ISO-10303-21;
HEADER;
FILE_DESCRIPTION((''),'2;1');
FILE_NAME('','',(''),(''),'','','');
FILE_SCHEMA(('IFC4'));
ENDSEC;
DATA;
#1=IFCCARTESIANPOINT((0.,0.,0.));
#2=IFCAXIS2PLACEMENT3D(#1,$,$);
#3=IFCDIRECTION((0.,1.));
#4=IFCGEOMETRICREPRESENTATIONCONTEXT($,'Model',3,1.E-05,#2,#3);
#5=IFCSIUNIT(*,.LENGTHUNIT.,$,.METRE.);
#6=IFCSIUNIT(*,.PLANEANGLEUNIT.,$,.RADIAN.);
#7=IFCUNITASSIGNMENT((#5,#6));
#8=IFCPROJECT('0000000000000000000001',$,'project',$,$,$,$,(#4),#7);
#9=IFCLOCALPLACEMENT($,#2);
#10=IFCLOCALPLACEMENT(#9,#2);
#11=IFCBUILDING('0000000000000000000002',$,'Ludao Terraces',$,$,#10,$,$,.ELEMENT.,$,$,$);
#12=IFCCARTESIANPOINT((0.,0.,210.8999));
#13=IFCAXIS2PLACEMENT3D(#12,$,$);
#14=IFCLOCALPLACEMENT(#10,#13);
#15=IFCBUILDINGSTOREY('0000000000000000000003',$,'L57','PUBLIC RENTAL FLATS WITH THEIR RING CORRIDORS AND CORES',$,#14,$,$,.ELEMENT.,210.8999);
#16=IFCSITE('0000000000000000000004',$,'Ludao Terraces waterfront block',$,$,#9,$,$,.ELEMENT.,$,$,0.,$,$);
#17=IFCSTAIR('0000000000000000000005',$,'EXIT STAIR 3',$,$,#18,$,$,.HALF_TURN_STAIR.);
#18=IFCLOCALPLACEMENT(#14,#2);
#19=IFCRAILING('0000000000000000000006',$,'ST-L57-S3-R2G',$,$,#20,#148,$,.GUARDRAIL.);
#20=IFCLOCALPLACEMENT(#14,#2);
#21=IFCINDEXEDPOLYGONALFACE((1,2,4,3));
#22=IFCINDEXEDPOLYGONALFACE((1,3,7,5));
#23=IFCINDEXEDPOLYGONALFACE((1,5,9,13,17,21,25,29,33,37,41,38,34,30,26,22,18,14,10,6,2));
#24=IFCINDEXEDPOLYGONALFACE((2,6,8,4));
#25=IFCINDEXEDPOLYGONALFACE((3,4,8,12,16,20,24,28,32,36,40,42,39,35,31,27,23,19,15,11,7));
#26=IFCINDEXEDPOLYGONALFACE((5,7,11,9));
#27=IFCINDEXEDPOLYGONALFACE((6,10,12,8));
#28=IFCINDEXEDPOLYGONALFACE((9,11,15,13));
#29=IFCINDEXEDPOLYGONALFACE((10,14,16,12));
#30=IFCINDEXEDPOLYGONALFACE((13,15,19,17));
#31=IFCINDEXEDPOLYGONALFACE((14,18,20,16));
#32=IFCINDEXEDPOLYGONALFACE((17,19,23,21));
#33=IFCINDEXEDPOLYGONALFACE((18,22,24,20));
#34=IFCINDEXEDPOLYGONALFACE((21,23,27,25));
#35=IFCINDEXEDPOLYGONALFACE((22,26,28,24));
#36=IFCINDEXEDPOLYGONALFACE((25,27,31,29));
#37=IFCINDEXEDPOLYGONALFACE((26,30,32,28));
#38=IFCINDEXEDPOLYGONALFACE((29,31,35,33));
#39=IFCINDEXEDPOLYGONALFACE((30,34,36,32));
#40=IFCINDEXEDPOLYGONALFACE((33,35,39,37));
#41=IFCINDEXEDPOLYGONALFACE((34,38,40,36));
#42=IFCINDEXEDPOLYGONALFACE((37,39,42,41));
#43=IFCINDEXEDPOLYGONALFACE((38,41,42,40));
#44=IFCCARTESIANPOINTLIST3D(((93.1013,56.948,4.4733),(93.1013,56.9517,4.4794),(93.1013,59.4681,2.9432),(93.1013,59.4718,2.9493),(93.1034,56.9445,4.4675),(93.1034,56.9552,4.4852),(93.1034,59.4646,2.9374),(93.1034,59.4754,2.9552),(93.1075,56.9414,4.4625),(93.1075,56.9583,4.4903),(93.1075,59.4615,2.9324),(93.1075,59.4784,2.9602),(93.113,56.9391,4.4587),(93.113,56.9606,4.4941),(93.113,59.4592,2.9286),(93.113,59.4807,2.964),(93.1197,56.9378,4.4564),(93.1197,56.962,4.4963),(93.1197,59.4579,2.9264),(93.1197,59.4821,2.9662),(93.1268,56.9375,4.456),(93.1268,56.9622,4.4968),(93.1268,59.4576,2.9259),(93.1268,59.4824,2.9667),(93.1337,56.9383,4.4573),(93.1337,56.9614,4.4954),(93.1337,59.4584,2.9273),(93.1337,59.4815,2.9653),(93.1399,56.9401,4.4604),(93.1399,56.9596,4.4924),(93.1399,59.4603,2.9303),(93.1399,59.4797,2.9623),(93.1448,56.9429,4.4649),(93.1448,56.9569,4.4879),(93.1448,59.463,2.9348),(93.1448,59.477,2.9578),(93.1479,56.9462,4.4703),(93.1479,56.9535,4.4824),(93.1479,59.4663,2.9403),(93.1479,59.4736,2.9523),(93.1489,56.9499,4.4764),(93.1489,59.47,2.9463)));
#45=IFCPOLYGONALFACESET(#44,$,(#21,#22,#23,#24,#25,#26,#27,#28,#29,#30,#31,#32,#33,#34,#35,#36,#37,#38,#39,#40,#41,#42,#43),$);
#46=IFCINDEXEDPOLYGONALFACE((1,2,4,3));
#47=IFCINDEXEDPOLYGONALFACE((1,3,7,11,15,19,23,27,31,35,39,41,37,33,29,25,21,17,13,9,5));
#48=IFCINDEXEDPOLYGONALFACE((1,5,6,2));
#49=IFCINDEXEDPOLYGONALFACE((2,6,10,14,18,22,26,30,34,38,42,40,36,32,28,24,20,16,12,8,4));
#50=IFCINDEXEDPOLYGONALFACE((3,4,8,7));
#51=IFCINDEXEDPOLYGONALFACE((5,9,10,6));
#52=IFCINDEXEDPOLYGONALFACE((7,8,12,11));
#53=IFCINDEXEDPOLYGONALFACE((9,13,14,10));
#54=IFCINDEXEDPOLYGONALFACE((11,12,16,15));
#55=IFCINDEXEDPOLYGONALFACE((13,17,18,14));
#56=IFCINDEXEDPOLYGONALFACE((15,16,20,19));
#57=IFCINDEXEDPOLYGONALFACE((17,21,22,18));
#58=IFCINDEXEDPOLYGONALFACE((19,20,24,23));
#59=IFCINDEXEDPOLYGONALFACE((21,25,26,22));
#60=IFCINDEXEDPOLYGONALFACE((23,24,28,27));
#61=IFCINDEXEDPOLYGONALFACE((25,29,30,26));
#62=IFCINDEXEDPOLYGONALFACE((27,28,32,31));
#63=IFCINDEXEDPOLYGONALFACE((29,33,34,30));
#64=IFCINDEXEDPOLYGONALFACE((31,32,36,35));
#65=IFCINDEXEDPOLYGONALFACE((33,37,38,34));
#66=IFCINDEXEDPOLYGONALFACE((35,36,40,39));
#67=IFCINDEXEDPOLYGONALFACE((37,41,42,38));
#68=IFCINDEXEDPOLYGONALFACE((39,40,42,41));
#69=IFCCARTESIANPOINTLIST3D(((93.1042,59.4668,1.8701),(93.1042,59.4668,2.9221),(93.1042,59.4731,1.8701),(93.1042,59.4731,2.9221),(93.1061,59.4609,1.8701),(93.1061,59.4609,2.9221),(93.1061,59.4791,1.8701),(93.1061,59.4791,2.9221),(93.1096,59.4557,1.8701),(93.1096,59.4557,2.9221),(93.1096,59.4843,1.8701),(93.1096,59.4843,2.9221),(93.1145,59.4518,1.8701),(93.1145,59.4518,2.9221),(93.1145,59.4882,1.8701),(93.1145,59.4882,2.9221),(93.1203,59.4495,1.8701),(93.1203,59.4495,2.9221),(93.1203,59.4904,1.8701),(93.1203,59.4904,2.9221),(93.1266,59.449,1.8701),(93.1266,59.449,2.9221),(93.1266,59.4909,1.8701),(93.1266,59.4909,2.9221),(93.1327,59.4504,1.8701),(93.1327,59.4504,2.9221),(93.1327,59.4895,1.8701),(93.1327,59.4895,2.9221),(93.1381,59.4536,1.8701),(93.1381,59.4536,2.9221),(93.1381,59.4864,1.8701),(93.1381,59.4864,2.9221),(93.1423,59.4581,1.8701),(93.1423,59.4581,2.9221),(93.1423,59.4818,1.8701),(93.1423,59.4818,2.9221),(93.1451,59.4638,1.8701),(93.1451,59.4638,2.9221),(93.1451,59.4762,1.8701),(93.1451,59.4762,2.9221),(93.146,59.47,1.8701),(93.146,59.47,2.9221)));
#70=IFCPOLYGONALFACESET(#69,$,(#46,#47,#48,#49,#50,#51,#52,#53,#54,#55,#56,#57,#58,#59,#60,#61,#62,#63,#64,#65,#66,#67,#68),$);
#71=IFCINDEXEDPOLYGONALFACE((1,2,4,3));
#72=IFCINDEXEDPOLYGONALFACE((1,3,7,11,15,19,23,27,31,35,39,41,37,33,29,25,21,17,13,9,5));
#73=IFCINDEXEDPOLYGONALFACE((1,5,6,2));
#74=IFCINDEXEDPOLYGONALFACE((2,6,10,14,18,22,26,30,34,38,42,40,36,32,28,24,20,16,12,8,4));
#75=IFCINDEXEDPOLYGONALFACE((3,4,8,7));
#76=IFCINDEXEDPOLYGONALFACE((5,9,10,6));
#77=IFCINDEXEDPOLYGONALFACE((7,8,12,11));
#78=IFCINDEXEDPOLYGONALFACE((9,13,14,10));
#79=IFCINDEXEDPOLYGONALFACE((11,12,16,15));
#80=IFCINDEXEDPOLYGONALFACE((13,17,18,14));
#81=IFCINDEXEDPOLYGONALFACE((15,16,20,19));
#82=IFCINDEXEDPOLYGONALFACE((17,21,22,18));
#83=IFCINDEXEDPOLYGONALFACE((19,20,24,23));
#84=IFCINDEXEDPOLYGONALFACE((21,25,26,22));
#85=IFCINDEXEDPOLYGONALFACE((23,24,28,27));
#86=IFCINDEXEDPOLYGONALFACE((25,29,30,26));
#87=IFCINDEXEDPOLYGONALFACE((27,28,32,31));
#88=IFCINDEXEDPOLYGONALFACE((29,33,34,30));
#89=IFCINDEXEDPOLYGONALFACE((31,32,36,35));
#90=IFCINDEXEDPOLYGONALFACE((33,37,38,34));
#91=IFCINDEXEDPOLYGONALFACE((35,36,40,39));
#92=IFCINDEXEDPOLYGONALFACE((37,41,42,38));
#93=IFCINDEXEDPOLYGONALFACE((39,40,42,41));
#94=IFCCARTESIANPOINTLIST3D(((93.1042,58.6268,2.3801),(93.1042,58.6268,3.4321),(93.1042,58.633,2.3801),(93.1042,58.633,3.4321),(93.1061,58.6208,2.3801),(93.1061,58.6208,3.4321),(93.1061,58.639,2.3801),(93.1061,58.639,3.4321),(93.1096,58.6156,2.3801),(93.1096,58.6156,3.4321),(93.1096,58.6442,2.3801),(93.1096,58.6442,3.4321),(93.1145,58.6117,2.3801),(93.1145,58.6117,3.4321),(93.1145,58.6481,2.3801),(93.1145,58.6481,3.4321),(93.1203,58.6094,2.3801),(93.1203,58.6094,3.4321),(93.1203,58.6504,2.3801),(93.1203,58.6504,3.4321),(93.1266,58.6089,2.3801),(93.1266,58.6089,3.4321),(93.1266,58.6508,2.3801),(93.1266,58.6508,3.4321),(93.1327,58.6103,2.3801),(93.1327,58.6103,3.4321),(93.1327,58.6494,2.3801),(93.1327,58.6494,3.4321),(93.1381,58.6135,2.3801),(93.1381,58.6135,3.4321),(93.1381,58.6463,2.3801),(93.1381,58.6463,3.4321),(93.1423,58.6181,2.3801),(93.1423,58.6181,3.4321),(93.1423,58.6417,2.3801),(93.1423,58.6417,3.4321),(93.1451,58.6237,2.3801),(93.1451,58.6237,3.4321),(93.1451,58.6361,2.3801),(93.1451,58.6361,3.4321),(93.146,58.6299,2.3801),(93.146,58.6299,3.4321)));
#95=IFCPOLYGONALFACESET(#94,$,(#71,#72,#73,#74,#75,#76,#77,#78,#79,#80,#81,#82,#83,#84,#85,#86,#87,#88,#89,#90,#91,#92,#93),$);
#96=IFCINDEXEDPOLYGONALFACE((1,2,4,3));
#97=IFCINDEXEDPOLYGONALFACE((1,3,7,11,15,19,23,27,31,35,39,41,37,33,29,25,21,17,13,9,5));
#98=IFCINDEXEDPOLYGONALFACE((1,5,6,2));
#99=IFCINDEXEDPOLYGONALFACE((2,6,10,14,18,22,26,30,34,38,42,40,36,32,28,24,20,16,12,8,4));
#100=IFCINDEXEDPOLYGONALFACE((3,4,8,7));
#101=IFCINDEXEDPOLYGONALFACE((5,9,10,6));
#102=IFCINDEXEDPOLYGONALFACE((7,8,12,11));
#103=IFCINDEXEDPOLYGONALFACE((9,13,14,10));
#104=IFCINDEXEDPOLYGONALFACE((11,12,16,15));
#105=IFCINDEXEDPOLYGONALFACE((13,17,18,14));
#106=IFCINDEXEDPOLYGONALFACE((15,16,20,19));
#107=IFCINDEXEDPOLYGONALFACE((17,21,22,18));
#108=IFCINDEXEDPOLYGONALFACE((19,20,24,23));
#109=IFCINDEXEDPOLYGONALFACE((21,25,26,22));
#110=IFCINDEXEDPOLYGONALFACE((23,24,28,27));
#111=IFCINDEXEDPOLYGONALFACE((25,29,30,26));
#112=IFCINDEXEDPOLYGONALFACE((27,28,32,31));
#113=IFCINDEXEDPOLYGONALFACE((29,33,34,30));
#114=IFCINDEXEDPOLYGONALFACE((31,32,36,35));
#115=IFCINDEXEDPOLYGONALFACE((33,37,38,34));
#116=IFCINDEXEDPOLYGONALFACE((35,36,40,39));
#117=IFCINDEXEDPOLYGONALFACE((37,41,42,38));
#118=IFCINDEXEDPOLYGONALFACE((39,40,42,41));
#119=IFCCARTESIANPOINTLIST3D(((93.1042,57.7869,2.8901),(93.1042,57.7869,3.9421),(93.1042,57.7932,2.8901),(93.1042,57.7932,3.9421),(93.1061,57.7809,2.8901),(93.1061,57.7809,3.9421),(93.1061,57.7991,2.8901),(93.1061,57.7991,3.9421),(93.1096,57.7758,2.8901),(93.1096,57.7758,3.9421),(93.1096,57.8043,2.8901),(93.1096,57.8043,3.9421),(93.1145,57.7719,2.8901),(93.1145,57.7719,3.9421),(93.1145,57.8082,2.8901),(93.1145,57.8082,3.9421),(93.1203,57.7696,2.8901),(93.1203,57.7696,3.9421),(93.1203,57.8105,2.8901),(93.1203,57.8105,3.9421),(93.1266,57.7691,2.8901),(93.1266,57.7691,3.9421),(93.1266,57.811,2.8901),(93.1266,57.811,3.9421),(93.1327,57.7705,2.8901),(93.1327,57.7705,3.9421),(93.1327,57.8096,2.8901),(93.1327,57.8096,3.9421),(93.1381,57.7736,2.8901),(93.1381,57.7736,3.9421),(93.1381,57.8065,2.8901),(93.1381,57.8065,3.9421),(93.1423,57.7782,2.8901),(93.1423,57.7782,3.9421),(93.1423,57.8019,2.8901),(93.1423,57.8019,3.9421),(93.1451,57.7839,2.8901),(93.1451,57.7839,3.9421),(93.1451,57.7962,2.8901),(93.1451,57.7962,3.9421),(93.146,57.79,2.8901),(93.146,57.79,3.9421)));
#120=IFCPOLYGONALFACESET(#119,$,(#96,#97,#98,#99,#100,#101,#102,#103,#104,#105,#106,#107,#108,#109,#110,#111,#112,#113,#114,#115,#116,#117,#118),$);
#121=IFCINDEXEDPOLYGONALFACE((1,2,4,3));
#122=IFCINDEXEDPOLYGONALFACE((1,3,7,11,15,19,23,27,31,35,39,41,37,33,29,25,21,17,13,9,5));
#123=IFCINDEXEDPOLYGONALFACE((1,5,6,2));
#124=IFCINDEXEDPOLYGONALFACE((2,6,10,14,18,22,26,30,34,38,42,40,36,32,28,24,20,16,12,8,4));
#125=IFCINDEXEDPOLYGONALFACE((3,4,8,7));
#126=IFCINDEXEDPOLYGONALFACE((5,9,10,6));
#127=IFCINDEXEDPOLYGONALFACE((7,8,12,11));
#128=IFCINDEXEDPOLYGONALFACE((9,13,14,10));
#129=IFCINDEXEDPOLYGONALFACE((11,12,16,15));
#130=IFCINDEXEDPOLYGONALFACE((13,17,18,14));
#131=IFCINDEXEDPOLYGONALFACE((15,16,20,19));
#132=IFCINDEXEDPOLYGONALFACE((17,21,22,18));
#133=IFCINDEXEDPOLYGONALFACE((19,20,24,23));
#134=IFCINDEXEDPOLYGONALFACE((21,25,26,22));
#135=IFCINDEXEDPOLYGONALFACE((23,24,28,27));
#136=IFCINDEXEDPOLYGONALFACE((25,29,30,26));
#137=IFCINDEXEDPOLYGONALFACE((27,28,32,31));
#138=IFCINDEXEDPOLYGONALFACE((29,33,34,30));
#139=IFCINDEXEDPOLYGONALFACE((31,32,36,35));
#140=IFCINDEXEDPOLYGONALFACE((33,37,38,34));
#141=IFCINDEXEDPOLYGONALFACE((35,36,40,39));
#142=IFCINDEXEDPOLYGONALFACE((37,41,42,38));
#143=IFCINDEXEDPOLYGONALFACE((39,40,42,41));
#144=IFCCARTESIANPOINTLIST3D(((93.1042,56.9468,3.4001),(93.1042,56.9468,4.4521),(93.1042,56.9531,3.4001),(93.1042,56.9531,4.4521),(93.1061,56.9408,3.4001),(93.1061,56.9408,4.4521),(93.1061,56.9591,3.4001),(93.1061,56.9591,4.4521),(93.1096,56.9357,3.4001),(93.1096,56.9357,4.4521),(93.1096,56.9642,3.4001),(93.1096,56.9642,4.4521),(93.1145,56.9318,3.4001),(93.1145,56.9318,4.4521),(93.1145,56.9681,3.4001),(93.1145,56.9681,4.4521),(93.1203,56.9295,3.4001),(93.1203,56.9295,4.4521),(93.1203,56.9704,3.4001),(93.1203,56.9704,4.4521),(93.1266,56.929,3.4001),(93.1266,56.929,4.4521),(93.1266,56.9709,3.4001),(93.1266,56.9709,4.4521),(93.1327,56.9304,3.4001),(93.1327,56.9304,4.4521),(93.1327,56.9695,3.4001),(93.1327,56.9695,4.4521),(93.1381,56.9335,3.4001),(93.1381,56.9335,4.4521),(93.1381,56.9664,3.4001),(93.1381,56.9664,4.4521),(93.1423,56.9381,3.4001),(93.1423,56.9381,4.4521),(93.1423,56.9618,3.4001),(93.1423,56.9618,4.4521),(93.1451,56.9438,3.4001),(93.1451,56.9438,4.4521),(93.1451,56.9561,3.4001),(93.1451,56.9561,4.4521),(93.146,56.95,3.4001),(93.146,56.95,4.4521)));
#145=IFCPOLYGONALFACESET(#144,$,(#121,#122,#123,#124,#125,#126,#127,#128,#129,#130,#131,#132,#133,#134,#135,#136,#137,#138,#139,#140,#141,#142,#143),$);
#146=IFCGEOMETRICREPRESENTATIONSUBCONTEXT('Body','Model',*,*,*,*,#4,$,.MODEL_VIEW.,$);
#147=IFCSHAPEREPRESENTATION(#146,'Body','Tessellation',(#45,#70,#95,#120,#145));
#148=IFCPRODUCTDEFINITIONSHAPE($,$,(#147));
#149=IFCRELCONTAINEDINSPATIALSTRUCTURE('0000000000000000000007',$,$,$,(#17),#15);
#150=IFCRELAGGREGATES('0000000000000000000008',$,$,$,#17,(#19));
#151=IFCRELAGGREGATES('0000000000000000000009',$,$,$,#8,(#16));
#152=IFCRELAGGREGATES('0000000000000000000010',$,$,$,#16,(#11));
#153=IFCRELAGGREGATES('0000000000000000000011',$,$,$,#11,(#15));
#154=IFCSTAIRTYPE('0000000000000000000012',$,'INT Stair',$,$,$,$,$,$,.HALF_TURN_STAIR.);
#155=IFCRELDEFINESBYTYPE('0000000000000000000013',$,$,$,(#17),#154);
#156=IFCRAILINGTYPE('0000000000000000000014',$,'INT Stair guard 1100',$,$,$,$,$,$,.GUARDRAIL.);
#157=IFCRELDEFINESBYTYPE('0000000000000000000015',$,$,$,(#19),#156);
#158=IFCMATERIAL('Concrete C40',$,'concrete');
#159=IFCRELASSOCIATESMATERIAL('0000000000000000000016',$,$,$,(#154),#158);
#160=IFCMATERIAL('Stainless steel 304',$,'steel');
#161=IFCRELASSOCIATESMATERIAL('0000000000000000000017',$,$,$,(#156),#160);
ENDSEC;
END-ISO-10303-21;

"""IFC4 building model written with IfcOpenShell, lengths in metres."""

from ifc_helpers import new_model, si_unit, direction, frame, origin, origin_2d, place, context, subcontext, project, spatial, circle, extrude, material, type_object, element, aggregate, save


model = new_model("IFC4")

# Units and contexts
model_context = context("Model", 3, precision=1e-05, world=origin(), true_north=direction((0.0, 1.0)))
body_context = subcontext(model_context, "Body", "Model", "MODEL_VIEW")
ifc_project = project(units=[si_unit("LENGTHUNIT", "METRE"), si_unit("PLANEANGLEUNIT", "RADIAN")], contexts=[model_context])

# Site, building, storey
site_placement = place(None, origin())
site = spatial("IfcSite", under=ifc_project, at=site_placement, Name="Ludao Terraces waterfront block", CompositionType="ELEMENT", RefElevation=0.0)
building_placement = place(site_placement, origin())
building = spatial("IfcBuilding", under=site, at=building_placement, Name="Ludao Terraces", CompositionType="ELEMENT")
storey_placement = place(building_placement, frame((0.0, 0.0, 210.8999)))
storey = spatial("IfcBuildingStorey", under=building, at=storey_placement, Name="L57", Description="PUBLIC RENTAL FLATS WITH THEIR RING CORRIDORS AND CORES", CompositionType="ELEMENT", Elevation=210.8999)

# Shared definitions
ifc_material_1 = material(Name="Concrete C40", Category="concrete")

# Stair, railing
stair_type = type_object("IfcStairType", Name="INT Stair", PredefinedType="HALF_TURN_STAIR", material=ifc_material_1)
stair_placement = place(storey_placement, origin())
stair = element("IfcStair", 1, at=stair_placement, inside=storey, type_object=stair_type, Name="EXIT STAIR 3", PredefinedType="HALF_TURN_STAIR")
ifc_material_2 = material(Name="Stainless steel 304", Category="steel")
railing_type_1 = type_object("IfcRailingType", Name="INT Stair guard 1100", PredefinedType="GUARDRAIL", material=ifc_material_2)
railing_1_placement = place(storey_placement, frame((93.125, 59.47, 1.8701)))
railing_1 = element("IfcRailing", 2, at=railing_1_placement, type_object=railing_type_1, Name="ST-L57-S3-R2G", PredefinedType="GUARDRAIL", context=body_context, shape_type="SweptSolid", body=[
    extrude(circle(Radius=0.0239, at=origin_2d()), frame((0.0, 0.0, 1.0762), z_axis=(0.0, -0.854785, 0.518982), x_axis=(1.0, 0.0, 0.0)), (0.0, 0.0, 1.0), 2.9482),
    extrude(circle(Radius=0.021, at=origin_2d()), origin(), (0.0, 0.0, 1.0), 1.052),
    extrude(circle(Radius=0.021, at=origin_2d()), frame((0.0, -0.8401, 0.51)), (0.0, 0.0, 1.0), 1.052),
    extrude(circle(Radius=0.021, at=origin_2d()), frame((0.0, -1.6799, 1.02)), (0.0, 0.0, 1.0), 1.052),
    extrude(circle(Radius=0.021, at=origin_2d()), frame((0.0, -2.52, 1.53)), (0.0, 0.0, 1.0), 1.052),
])
aggregate(stair, [railing_1])

save(model, "model.ifc")
